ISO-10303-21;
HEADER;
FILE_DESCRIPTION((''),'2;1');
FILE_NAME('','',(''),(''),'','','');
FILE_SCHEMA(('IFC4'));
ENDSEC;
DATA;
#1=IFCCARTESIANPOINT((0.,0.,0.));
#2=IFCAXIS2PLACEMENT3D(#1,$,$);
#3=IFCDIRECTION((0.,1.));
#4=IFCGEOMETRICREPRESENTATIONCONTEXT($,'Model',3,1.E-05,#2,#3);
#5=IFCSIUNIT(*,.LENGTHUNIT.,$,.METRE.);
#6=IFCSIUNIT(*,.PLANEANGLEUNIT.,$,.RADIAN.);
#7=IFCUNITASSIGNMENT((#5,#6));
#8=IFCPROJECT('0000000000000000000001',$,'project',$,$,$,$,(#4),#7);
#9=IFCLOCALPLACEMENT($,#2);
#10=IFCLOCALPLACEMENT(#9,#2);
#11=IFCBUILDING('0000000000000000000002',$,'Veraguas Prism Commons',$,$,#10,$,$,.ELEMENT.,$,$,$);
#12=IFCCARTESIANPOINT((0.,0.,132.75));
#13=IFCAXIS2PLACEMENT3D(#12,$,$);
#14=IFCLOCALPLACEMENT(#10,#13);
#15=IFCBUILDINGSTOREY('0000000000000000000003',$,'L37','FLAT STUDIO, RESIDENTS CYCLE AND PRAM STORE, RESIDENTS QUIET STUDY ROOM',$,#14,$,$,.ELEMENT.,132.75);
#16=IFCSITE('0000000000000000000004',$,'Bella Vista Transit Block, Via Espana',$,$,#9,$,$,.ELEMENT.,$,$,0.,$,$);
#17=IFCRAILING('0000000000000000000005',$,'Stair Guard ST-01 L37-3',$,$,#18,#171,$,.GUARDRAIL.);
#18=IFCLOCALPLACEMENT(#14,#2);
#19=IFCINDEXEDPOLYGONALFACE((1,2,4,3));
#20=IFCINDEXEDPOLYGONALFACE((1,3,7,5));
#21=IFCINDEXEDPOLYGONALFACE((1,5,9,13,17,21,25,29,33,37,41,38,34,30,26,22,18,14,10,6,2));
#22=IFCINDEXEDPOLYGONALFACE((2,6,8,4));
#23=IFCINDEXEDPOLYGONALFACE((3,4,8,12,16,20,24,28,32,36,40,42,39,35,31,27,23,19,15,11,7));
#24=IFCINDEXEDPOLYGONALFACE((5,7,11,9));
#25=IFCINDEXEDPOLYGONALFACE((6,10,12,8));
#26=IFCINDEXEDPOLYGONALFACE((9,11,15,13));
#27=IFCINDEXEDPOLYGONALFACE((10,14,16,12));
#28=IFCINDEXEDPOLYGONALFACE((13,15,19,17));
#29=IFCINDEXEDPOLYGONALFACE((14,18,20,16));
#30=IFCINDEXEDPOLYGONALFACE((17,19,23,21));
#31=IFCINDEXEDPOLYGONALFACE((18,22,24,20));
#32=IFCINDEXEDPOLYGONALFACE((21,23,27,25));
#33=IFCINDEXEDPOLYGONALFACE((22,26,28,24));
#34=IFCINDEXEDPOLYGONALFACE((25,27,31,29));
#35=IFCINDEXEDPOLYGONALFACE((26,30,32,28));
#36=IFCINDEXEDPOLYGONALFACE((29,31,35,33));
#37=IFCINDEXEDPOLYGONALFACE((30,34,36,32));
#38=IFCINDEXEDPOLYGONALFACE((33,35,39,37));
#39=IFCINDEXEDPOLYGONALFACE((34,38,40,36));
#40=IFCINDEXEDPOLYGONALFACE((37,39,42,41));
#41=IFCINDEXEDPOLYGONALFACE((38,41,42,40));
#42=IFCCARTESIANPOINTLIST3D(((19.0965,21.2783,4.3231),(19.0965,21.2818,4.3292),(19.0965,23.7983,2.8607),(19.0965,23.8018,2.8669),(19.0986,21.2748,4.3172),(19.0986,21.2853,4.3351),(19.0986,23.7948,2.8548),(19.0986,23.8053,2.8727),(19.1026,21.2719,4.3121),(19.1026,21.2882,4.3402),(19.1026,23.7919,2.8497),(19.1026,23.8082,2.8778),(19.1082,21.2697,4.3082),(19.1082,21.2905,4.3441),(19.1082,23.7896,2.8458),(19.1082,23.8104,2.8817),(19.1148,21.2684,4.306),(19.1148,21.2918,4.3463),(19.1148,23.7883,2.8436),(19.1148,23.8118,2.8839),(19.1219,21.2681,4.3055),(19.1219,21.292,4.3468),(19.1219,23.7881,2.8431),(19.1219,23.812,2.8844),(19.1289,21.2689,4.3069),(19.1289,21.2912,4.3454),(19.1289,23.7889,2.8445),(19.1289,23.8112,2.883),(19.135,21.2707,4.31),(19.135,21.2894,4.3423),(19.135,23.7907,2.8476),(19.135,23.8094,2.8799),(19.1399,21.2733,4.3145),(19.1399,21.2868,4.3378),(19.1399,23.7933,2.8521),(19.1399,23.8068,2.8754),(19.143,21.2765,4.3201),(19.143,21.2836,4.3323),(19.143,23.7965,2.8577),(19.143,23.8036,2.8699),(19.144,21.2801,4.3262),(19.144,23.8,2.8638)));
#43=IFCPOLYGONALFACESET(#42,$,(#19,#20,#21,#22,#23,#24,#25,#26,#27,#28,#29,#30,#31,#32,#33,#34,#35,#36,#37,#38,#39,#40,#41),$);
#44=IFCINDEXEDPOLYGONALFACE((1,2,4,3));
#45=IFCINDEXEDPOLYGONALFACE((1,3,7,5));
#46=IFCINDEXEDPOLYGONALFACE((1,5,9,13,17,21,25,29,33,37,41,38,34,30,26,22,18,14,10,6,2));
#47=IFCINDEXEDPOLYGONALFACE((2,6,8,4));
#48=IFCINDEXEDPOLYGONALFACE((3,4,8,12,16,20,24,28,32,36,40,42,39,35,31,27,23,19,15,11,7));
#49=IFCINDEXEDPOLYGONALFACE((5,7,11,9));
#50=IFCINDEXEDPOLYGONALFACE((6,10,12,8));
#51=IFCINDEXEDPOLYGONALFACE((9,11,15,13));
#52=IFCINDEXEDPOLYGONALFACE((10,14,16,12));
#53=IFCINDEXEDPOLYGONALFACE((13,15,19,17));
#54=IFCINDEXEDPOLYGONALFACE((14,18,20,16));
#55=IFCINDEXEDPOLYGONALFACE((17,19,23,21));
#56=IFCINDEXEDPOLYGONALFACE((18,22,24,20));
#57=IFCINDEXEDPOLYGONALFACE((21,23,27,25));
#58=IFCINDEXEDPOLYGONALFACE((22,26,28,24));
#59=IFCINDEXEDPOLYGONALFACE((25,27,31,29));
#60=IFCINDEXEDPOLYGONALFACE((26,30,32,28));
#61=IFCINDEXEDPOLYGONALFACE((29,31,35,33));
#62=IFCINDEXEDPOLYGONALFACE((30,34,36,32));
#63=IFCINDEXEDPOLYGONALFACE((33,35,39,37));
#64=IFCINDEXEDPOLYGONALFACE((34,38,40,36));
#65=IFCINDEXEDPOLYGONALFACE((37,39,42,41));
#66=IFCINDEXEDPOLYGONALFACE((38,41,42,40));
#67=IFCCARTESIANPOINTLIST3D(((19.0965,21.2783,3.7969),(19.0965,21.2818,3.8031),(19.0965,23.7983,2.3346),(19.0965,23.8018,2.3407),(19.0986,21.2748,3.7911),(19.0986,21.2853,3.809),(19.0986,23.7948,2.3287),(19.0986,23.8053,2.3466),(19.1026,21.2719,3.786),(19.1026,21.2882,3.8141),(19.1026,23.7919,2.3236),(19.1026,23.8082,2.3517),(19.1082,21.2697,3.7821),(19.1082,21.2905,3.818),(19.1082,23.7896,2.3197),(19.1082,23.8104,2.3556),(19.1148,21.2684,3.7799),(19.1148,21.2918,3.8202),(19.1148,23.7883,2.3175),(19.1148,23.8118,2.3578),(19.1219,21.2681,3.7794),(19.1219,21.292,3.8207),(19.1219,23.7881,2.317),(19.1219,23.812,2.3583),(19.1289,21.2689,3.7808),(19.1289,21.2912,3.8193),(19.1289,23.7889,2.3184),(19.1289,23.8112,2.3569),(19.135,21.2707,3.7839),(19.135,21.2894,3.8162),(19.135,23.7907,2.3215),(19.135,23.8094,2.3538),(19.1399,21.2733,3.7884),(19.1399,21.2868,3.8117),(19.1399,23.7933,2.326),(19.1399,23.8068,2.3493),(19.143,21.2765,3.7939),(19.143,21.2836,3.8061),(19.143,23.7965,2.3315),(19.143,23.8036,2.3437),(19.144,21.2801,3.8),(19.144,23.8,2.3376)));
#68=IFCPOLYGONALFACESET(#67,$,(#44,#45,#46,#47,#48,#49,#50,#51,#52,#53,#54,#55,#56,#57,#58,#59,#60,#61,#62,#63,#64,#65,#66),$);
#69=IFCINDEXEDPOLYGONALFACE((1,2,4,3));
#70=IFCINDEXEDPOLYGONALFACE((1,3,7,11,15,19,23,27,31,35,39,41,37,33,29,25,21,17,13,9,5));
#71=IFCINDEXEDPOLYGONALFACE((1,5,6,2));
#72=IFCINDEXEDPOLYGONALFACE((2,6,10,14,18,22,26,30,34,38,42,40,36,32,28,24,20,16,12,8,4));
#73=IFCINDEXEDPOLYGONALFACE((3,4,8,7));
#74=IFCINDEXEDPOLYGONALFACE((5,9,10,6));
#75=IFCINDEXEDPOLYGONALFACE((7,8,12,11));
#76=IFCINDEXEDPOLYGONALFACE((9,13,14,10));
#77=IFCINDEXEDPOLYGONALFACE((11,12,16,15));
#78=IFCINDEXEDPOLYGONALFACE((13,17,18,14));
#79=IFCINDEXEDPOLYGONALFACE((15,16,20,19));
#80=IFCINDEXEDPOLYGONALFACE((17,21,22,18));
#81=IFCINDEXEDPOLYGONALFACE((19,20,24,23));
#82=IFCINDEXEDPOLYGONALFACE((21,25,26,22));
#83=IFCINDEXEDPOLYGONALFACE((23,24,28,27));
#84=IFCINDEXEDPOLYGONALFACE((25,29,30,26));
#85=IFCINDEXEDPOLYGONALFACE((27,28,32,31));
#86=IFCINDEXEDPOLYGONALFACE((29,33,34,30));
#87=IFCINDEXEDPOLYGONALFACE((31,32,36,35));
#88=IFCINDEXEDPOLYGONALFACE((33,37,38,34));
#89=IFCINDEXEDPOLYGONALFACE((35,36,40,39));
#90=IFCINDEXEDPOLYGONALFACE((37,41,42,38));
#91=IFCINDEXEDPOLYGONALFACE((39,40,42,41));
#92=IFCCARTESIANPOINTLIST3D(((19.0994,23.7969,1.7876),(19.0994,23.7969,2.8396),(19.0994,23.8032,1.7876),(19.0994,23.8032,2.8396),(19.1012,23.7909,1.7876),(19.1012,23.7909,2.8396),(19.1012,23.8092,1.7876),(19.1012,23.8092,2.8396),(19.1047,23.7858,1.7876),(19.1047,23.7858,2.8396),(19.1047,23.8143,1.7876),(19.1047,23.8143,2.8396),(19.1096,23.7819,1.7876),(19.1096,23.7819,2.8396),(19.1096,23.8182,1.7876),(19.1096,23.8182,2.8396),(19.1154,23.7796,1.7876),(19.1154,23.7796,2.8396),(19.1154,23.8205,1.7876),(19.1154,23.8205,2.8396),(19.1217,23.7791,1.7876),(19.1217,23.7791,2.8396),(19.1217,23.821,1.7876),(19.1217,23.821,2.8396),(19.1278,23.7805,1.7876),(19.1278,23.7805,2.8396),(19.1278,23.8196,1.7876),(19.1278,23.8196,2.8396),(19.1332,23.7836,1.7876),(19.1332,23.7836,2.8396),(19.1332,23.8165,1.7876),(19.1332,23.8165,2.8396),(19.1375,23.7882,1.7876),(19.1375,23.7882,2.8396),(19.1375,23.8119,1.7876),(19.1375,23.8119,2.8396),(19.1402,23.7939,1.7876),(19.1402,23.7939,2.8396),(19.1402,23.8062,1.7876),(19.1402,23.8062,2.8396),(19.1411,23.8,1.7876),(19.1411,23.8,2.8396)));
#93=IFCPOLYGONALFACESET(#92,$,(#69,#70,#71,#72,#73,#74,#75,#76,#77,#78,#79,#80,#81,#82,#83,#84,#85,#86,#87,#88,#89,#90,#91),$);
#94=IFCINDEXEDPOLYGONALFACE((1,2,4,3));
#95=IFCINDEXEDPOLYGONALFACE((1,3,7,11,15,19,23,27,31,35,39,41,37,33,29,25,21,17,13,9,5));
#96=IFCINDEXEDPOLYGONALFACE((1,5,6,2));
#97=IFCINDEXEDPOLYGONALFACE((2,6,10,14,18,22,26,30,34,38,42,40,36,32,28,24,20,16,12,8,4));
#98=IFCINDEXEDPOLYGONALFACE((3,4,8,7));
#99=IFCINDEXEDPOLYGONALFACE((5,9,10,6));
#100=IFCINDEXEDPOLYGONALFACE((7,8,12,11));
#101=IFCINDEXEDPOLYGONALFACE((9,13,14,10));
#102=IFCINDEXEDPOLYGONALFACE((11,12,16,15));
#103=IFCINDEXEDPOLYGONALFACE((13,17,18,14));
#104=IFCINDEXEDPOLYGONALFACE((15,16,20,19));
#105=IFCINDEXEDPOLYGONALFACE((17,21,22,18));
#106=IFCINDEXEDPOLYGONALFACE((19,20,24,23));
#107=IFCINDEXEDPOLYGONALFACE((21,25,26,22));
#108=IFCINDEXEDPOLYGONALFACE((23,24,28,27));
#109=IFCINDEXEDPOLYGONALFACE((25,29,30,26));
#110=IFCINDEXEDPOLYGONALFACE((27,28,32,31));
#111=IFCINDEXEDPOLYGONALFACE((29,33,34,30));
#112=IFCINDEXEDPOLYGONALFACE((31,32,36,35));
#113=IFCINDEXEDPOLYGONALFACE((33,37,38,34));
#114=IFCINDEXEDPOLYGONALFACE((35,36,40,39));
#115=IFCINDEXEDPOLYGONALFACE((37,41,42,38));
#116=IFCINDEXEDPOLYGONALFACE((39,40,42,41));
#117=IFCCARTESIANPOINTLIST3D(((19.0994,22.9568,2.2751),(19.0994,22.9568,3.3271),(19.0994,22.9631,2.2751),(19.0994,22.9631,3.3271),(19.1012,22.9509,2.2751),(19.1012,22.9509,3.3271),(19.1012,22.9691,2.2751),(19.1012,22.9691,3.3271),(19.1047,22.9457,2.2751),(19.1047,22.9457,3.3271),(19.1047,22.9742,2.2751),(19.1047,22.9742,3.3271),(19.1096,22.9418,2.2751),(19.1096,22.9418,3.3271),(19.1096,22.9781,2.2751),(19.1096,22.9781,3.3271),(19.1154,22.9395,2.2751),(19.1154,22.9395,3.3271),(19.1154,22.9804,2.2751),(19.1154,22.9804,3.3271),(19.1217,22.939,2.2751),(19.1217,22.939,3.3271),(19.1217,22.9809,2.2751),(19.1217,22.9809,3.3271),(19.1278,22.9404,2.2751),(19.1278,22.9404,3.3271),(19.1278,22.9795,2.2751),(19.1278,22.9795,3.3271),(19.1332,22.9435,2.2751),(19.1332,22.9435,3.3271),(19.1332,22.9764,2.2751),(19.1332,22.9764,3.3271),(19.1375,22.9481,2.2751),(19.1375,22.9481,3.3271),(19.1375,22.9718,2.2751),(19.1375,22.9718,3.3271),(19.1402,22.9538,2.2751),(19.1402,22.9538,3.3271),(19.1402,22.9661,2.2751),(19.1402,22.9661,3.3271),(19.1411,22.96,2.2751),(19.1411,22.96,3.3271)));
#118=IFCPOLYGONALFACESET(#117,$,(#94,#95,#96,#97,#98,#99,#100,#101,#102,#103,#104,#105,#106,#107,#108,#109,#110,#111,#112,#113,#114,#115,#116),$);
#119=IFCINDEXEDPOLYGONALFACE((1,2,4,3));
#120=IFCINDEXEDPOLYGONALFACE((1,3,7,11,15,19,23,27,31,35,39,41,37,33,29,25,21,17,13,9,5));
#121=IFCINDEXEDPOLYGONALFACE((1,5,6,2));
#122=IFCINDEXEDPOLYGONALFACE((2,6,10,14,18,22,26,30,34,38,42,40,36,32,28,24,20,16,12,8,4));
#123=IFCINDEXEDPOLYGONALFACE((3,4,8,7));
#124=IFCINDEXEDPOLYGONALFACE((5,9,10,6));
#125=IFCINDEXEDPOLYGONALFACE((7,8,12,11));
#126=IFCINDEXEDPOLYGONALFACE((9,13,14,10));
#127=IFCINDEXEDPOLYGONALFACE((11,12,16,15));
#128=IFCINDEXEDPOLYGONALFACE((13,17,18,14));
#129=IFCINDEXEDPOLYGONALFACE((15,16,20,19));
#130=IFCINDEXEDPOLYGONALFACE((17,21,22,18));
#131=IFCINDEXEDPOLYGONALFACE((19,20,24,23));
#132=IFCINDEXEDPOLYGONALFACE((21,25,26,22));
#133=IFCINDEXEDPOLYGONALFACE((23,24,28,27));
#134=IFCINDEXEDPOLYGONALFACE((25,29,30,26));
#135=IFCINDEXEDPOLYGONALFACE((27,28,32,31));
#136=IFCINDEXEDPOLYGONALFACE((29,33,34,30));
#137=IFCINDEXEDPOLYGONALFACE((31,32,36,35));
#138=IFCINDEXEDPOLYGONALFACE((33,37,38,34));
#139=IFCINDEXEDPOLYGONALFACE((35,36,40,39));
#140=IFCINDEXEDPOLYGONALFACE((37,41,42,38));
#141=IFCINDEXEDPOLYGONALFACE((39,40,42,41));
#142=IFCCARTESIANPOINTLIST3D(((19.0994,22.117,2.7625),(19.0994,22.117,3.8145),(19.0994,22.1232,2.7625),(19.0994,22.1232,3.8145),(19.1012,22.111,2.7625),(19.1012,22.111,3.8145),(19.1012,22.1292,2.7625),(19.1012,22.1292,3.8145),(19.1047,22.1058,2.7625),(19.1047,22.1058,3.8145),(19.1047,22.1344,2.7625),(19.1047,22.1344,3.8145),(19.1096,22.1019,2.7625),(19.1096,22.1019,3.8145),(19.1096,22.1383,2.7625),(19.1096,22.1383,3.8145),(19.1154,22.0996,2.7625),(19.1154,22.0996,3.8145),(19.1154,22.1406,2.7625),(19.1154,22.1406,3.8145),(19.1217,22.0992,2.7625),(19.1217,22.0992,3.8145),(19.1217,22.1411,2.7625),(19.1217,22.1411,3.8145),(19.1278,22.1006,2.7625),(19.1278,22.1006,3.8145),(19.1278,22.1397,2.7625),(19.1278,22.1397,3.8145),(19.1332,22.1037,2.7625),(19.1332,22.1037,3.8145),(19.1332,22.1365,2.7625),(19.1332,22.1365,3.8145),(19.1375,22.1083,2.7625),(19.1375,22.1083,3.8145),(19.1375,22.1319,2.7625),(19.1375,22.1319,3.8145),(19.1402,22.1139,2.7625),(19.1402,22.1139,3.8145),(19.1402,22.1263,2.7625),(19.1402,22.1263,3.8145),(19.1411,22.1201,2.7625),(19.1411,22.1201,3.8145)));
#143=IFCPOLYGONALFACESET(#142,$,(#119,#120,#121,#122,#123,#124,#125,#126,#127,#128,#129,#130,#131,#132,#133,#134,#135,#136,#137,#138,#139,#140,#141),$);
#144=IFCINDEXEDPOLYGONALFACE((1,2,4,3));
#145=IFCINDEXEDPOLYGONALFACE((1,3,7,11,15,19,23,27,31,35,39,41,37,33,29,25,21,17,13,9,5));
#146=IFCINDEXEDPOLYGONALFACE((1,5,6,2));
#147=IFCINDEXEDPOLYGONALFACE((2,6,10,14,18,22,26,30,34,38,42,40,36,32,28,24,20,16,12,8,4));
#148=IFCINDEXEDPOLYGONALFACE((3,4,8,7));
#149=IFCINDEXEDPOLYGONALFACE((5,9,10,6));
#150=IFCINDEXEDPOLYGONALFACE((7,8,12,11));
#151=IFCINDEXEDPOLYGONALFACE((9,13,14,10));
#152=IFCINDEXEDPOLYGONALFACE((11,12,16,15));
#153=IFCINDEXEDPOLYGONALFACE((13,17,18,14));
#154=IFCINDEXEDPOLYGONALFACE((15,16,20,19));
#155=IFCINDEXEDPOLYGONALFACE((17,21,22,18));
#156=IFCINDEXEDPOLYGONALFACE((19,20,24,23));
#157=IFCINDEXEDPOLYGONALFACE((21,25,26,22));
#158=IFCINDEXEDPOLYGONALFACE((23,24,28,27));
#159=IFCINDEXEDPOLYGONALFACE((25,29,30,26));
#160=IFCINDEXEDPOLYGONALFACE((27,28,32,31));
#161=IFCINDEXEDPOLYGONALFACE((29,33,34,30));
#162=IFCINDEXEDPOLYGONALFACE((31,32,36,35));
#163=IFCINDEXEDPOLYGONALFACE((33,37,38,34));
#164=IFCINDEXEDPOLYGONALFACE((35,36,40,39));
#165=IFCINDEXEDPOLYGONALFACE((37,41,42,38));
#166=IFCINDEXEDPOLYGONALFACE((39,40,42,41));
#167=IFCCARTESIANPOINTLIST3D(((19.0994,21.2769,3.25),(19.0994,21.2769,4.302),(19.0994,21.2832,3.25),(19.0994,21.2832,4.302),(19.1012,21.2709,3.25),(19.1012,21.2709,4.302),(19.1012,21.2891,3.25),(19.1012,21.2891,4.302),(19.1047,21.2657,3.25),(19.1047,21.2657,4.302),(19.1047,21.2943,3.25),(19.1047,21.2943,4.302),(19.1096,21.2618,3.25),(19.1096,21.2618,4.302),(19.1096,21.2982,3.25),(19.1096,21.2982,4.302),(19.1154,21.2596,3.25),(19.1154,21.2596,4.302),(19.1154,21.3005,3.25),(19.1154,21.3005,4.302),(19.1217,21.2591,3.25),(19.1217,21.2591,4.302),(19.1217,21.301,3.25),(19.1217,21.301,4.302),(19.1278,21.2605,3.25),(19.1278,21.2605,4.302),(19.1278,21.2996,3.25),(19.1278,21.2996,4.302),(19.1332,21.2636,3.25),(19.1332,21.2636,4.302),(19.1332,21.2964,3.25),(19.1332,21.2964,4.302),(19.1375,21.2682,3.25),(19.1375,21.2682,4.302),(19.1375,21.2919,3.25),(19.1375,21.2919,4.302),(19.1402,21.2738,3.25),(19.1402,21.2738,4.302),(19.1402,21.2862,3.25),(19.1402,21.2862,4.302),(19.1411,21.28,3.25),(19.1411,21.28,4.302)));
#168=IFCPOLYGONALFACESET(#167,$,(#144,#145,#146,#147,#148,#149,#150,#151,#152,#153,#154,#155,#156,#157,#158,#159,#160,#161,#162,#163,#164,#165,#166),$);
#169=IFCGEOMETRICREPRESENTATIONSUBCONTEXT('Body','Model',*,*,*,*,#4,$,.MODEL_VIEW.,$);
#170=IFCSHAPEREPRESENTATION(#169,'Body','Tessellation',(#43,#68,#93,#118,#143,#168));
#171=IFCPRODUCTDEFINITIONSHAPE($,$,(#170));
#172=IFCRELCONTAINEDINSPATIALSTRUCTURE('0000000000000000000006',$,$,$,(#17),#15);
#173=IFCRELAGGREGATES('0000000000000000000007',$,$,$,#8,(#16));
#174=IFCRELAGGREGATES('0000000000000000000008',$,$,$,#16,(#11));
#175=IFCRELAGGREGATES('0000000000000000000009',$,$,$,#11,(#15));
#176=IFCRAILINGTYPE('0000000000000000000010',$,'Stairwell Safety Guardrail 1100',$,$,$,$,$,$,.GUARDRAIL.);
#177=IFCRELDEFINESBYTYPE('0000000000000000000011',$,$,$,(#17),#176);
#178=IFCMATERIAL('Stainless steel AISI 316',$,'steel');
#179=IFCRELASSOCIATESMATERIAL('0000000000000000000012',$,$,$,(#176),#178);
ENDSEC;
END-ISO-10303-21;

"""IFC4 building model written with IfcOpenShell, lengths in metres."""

from ifc_helpers import new_model, si_unit, direction, frame, origin, origin_2d, place, context, subcontext, project, spatial, circle, extrude, material, type_object, element, save


model = new_model("IFC4")

# Units and contexts
model_context = context("Model", 3, precision=1e-05, world=origin(), true_north=direction((0.0, 1.0)))
body_context = subcontext(model_context, "Body", "Model", "MODEL_VIEW")
ifc_project = project(units=[si_unit("LENGTHUNIT", "METRE"), si_unit("PLANEANGLEUNIT", "RADIAN")], contexts=[model_context])

# Site, building, storey
site_placement = place(None, origin())
site = spatial("IfcSite", under=ifc_project, at=site_placement, Name="Bella Vista Transit Block, Via Espana", CompositionType="ELEMENT", RefElevation=0.0)
building_placement = place(site_placement, origin())
building = spatial("IfcBuilding", under=site, at=building_placement, Name="Veraguas Prism Commons", CompositionType="ELEMENT")
storey_placement = place(building_placement, frame((0.0, 0.0, 132.75)))
storey = spatial("IfcBuildingStorey", under=building, at=storey_placement, Name="L37", Description="FLAT STUDIO, RESIDENTS CYCLE AND PRAM STORE, RESIDENTS QUIET STUDY ROOM", CompositionType="ELEMENT", Elevation=132.75)

# Railing
ifc_material_1 = material(Name="Stainless steel AISI 316", Category="steel")
railing_type_1 = type_object("IfcRailingType", Name="Stairwell Safety Guardrail 1100", PredefinedType="GUARDRAIL", material=ifc_material_1)
railing_1_placement = place(storey_placement, frame((19.1201, 23.8, 1.7876)))
element("IfcRailing", 1, at=railing_1_placement, inside=storey, type_object=railing_type_1, Name="Stair Guard ST-01 L37-3", PredefinedType="GUARDRAIL", context=body_context, shape_type="SweptSolid", body=[
    extrude(circle(Radius=0.0239, at=origin_2d()), frame((0.0, 0.0, 1.0762), z_axis=(0.0, -0.864913, 0.501921), x_axis=(1.0, 0.0, 0.0)), (0.0, 0.0, 1.0), 2.9136),
    extrude(circle(Radius=0.0239, at=origin_2d()), frame((0.0, 0.0, 0.55), z_axis=(0.0, -0.864913, 0.501921), x_axis=(1.0, 0.0, 0.0)), (0.0, 0.0, 1.0), 2.9136),
    extrude(circle(Radius=0.021, at=origin_2d()), origin(), (0.0, 0.0, 1.0), 1.052),
    extrude(circle(Radius=0.021, at=origin_2d()), frame((0.0, -0.8401, 0.4875)), (0.0, 0.0, 1.0), 1.052),
    extrude(circle(Radius=0.021, at=origin_2d()), frame((0.0, -1.6799, 0.9749)), (0.0, 0.0, 1.0), 1.052),
    extrude(circle(Radius=0.021, at=origin_2d()), frame((0.0, -2.52, 1.4624)), (0.0, 0.0, 1.0), 1.052),
])

save(model, "model.ifc")
